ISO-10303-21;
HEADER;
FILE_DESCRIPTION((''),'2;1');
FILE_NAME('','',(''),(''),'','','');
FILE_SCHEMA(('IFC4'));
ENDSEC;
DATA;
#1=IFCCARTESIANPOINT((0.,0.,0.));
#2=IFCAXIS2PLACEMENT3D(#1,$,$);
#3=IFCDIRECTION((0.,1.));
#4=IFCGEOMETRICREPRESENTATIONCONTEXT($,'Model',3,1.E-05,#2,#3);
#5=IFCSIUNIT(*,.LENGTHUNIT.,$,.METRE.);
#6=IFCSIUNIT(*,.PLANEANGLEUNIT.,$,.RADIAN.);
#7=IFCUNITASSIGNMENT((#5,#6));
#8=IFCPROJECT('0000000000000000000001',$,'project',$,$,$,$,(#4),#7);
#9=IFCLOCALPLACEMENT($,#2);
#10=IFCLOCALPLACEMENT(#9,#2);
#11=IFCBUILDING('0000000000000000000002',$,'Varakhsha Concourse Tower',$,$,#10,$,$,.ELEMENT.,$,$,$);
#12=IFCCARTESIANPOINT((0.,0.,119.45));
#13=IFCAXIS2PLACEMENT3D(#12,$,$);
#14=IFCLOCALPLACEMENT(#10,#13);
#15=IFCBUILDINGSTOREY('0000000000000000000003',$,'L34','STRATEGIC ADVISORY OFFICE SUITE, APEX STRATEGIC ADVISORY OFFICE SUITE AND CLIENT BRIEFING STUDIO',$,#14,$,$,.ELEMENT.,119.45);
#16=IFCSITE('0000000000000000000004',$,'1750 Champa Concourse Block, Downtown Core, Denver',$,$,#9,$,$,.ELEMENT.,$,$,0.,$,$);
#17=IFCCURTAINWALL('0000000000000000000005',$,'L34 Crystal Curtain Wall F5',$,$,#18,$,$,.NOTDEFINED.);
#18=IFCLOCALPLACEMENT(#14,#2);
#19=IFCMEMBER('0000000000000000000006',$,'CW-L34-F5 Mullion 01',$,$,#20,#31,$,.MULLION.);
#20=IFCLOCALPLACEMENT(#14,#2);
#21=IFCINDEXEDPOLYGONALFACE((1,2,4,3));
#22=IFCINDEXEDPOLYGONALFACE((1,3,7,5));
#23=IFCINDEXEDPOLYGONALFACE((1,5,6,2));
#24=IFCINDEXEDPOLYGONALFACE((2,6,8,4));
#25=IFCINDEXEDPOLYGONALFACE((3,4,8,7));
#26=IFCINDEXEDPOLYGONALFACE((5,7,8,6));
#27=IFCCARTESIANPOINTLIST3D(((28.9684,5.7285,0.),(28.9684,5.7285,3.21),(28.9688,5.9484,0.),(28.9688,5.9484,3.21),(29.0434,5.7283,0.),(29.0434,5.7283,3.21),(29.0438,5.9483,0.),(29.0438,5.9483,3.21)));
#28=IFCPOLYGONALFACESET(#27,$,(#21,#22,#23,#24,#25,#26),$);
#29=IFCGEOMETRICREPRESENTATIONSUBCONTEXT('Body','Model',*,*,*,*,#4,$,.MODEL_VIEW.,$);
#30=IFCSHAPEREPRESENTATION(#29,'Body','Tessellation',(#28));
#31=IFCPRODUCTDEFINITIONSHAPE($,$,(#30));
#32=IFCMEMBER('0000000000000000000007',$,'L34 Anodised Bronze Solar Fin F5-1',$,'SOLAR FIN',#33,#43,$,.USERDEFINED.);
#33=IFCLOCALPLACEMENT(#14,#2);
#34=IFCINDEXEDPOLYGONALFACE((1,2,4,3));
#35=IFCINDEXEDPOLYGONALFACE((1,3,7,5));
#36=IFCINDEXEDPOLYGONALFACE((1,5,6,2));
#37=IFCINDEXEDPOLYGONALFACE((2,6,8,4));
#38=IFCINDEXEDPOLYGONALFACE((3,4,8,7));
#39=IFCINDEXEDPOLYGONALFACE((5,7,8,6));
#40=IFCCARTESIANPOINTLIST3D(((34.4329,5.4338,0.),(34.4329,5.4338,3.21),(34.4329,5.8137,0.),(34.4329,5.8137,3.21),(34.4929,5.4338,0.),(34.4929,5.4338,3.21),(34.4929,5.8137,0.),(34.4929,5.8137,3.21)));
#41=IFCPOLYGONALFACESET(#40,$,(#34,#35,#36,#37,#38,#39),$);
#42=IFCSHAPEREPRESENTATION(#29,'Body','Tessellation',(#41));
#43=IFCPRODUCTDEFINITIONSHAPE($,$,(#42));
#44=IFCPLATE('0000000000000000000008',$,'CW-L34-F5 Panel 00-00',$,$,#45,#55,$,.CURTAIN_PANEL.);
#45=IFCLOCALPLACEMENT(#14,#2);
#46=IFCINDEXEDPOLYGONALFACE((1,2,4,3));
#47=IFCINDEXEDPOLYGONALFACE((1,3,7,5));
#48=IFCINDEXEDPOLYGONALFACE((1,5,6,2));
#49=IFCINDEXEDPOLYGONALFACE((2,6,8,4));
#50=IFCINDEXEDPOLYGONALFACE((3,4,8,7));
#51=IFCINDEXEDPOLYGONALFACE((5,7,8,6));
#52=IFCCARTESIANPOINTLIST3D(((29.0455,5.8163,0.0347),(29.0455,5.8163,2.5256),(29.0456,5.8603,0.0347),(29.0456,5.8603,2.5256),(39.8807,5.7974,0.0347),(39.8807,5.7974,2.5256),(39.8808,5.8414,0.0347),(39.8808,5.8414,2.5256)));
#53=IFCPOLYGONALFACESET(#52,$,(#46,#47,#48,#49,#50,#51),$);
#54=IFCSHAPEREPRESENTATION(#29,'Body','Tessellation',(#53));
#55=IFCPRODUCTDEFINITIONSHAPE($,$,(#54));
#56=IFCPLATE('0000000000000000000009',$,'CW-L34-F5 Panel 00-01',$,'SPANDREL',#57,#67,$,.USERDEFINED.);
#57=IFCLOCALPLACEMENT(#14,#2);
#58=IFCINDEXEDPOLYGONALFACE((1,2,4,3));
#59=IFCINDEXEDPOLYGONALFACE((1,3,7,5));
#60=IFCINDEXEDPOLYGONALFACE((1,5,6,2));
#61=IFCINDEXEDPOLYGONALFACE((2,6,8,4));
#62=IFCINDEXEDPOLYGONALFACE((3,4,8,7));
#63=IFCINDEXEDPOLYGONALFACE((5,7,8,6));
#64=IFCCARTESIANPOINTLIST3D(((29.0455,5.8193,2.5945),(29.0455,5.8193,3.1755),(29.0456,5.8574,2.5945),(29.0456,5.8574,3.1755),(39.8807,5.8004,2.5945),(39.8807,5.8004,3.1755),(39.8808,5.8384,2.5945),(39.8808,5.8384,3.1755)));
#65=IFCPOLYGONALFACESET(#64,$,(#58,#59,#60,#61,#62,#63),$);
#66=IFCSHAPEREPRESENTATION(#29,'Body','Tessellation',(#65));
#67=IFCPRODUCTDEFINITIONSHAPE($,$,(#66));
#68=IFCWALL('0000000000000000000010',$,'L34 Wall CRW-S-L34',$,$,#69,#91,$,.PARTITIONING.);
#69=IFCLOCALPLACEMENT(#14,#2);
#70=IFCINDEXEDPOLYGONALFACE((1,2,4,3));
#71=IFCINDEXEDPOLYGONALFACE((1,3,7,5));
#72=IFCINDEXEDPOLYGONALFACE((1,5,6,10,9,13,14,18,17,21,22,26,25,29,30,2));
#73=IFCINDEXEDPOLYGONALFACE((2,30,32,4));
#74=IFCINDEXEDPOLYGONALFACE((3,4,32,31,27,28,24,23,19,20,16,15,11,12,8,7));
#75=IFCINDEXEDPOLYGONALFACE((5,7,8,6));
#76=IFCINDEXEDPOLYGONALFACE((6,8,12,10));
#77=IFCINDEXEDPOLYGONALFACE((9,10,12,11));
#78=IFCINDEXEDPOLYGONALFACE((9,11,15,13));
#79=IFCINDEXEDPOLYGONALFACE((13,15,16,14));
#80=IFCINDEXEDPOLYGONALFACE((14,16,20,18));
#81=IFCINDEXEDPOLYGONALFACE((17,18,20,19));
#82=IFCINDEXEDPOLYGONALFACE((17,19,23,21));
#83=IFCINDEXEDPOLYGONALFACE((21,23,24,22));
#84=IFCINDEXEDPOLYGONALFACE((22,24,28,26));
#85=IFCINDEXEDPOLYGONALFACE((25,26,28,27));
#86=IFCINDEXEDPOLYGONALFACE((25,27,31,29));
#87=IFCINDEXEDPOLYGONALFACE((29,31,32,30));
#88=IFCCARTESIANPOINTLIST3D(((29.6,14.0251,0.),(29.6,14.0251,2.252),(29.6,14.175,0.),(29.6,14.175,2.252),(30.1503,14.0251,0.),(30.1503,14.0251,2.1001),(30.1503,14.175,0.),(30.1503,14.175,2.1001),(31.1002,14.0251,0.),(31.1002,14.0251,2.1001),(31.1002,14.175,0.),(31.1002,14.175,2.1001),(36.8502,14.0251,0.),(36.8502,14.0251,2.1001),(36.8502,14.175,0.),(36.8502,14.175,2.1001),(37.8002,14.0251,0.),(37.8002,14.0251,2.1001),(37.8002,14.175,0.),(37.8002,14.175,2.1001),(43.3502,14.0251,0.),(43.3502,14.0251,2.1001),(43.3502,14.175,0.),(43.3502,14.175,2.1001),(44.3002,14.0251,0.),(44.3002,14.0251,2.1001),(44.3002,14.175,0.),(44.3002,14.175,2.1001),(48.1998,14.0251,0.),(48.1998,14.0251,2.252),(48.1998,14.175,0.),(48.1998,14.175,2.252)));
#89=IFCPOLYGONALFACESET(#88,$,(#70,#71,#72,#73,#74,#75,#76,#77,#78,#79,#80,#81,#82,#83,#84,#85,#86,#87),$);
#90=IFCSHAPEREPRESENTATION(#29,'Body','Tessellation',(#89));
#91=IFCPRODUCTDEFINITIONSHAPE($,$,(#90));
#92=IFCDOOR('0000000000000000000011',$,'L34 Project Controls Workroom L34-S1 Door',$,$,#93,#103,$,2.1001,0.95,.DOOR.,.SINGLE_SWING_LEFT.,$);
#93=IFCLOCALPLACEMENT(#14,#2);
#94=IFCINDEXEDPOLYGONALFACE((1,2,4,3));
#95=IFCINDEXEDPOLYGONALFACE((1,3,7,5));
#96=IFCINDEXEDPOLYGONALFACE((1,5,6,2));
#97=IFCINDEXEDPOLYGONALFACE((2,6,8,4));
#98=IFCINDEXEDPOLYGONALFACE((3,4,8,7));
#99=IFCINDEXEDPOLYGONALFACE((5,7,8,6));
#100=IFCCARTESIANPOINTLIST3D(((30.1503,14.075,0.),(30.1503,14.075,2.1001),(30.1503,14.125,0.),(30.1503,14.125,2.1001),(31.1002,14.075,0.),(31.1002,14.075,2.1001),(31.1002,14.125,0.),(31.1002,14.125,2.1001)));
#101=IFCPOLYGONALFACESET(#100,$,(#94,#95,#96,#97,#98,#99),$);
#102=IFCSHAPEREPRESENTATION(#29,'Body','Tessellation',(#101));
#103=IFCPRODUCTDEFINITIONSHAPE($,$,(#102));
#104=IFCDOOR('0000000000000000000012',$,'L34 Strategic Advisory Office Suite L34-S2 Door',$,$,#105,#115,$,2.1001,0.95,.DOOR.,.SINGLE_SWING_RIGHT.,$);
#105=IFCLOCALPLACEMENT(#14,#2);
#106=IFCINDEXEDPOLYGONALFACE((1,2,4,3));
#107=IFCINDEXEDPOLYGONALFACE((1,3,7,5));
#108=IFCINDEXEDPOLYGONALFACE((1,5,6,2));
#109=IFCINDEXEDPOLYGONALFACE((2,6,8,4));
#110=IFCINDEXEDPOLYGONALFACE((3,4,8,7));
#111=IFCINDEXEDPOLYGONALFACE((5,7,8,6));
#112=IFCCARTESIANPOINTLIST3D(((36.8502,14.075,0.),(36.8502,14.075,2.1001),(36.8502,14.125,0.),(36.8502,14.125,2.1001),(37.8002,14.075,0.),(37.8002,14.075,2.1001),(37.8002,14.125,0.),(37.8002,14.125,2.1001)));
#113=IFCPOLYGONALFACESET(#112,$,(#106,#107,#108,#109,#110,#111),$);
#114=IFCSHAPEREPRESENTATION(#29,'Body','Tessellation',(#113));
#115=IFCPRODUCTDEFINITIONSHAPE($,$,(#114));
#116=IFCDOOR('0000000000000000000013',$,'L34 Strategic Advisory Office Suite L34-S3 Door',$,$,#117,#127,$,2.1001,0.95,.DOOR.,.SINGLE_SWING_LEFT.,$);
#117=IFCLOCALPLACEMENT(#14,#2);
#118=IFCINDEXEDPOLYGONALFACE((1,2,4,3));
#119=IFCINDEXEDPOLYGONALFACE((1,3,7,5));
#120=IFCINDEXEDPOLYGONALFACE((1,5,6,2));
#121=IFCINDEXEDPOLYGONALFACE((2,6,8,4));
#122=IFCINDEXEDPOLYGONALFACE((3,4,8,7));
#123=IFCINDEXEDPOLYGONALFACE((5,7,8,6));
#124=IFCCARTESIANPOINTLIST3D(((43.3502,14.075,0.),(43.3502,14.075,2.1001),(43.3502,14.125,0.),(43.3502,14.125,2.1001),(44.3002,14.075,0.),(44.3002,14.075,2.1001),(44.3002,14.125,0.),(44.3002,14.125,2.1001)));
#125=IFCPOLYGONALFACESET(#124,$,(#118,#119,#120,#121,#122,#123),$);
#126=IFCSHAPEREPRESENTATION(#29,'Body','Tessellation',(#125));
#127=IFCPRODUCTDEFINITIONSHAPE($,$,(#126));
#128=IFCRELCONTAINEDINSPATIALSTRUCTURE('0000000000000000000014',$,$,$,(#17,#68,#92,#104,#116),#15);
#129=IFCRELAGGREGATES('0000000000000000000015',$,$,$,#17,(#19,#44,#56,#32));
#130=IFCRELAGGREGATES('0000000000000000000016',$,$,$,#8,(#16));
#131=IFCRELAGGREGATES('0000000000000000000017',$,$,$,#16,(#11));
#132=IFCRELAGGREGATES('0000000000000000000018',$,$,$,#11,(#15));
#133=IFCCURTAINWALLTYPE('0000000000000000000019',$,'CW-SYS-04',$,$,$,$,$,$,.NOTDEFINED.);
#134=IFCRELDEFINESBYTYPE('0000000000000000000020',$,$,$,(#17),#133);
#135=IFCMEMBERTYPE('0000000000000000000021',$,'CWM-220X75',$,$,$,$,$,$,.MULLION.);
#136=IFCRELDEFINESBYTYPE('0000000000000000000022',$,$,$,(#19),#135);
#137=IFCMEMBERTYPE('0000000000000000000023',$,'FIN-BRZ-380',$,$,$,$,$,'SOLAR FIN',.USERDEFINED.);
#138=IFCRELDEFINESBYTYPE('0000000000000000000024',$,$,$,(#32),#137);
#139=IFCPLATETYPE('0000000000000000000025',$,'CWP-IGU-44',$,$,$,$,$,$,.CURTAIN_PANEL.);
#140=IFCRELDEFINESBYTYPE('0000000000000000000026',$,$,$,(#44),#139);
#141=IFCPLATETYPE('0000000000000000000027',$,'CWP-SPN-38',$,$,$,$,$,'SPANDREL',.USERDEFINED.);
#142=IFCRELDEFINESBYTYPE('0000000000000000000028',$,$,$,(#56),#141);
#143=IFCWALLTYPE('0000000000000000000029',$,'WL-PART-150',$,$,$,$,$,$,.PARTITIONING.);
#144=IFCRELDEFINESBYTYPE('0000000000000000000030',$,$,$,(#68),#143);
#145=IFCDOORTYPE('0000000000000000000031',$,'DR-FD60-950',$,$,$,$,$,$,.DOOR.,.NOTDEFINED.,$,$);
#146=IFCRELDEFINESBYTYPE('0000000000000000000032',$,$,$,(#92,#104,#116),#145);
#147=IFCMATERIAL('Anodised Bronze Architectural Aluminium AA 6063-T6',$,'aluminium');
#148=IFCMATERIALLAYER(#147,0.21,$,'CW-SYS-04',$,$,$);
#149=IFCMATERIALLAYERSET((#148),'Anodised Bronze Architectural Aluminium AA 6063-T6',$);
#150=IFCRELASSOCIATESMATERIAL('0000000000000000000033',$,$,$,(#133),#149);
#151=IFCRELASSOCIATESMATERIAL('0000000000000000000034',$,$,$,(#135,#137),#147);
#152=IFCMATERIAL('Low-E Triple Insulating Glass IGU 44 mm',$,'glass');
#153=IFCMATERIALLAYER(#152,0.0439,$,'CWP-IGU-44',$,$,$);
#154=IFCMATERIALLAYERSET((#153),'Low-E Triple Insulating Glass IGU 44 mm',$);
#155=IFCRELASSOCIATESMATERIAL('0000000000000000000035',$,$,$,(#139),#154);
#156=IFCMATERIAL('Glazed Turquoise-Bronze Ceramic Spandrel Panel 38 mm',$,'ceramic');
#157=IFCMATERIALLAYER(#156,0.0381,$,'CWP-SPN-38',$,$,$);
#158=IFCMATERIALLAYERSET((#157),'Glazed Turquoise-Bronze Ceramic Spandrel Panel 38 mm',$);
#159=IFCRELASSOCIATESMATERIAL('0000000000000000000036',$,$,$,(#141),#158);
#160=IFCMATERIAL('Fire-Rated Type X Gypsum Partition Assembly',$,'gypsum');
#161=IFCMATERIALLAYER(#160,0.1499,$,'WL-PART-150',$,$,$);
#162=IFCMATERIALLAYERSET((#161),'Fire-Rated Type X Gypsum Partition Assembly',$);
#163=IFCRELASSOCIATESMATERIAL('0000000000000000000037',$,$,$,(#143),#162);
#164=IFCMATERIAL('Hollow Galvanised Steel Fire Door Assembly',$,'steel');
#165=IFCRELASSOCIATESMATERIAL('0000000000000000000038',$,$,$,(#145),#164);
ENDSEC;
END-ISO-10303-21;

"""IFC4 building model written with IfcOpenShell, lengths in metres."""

from ifc_helpers import new_model, si_unit, direction, frame, frame_2d, origin, origin_2d, place, context, subcontext, project, spatial, rectangle, extrude, source, transform, mapped, material, layer, layer_set, material_profile, profile_set, type_object, type_shapes, element, fill, aggregate, save


model = new_model("IFC4")

# Units and contexts
model_context = context("Model", 3, precision=1e-05, world=origin(), true_north=direction((0.0, 1.0)))
body_context = subcontext(model_context, "Body", "Model", "MODEL_VIEW")
ifc_project = project(units=[si_unit("LENGTHUNIT", "METRE"), si_unit("PLANEANGLEUNIT", "RADIAN")], contexts=[model_context])

# Site, building, storey
site_placement = place(None, origin())
site = spatial("IfcSite", under=ifc_project, at=site_placement, Name="1750 Champa Concourse Block, Downtown Core, Denver", CompositionType="ELEMENT", RefElevation=0.0)
building_placement = place(site_placement, origin())
building = spatial("IfcBuilding", under=site, at=building_placement, Name="Varakhsha Concourse Tower", CompositionType="ELEMENT")
storey_placement = place(building_placement, frame((0.0, 0.0, 119.45)))
storey = spatial("IfcBuildingStorey", under=building, at=storey_placement, Name="L34", Description="STRATEGIC ADVISORY OFFICE SUITE, APEX STRATEGIC ADVISORY OFFICE SUITE AND CLIENT BRIEFING STUDIO", CompositionType="ELEMENT", Elevation=119.45)

# Curtain wall, members, plates
ifc_material_1 = material(Name="Anodised Bronze Architectural Aluminium AA 6063-T6", Category="aluminium")
ifc_layer_1 = layer(ifc_material_1, 0.21, Name="CW-SYS-04")
ifc_layer_set_1 = layer_set([ifc_layer_1], Name="Anodised Bronze Architectural Aluminium AA 6063-T6")
curtain_wall_type = type_object("IfcCurtainWallType", Name="CW-SYS-04", PredefinedType="NOTDEFINED", material=ifc_layer_set_1)
curtain_wall_placement = place(storey_placement, origin())
curtain_wall = element("IfcCurtainWall", 1, at=curtain_wall_placement, inside=storey, type_object=curtain_wall_type, Name="L34 Crystal Curtain Wall F5", PredefinedType="NOTDEFINED")
ifc_material_profile_1 = material_profile(ifc_material_1, rectangle(XDim=0.075, YDim=0.22, at=origin_2d()), Name="CWM-220X75")
ifc_profile_set_1 = profile_set([ifc_material_profile_1], Name="Anodised Bronze Architectural Aluminium AA 6063-T6")
member_type_1 = type_object("IfcMemberType", Name="CWM-220X75", PredefinedType="MULLION", material=ifc_profile_set_1)
shared_shape_1 = source(origin(), body_context, "Body", "SweptSolid", [
    extrude(rectangle(XDim=0.075, YDim=0.22, at=origin_2d()), origin(), (0.0, 0.0, 1.0), 3.21),
])
type_shapes(member_type_1, [shared_shape_1])
member_1_placement = place(storey_placement, frame((29.0061, 5.8384, 0.0), z_axis=(0.0, 0.0, 1.0), x_axis=(-0.999998, 0.001745, 0.0)))
member_1 = element("IfcMember", 2, at=member_1_placement, type_object=member_type_1, Name="CW-L34-F5 Mullion 01", PredefinedType="MULLION", context=body_context, shape_type="MappedRepresentation", body=[
    mapped(shared_shape_1, transform((0.0, 0.0, 0.0), scale=1.0)),
])
ifc_material_profile_2 = material_profile(ifc_material_1, rectangle(XDim=0.0601, YDim=0.3799, at=origin_2d()), Name="FIN-BRZ-380")
ifc_profile_set_2 = profile_set([ifc_material_profile_2], Name="Anodised Bronze Architectural Aluminium AA 6063-T6")
member_type_2 = type_object("IfcMemberType", Name="FIN-BRZ-380", ElementType="SOLAR FIN", PredefinedType="USERDEFINED", material=ifc_profile_set_2)
shared_shape_2 = source(origin(), body_context, "Body", "SweptSolid", [
    extrude(rectangle(XDim=0.0601, YDim=0.3799, at=origin_2d()), origin(), (0.0, 0.0, 1.0), 3.21),
])
type_shapes(member_type_2, [shared_shape_2])
member_2_placement = place(storey_placement, frame((34.4629, 5.6238, 0.0), z_axis=(0.0, 0.0, 1.0), x_axis=(1.0, 0.0, 0.0)))
member_2 = element("IfcMember", 3, at=member_2_placement, type_object=member_type_2, Name="L34 Anodised Bronze Solar Fin F5-1", ObjectType="SOLAR FIN", PredefinedType="USERDEFINED", context=body_context, shape_type="MappedRepresentation", body=[
    mapped(shared_shape_2, transform((0.0, 0.0, 0.0), scale=1.0)),
])
ifc_material_2 = material(Name="Low-E Triple Insulating Glass IGU 44 mm", Category="glass")
ifc_layer_2 = layer(ifc_material_2, 0.0439, Name="CWP-IGU-44")
ifc_layer_set_2 = layer_set([ifc_layer_2], Name="Low-E Triple Insulating Glass IGU 44 mm")
plate_type_1 = type_object("IfcPlateType", Name="CWP-IGU-44", PredefinedType="CURTAIN_PANEL", material=ifc_layer_set_2)
shared_shape_3 = source(origin(), body_context, "Body", "SweptSolid", [
    extrude(rectangle(XDim=10.8352, YDim=0.0439, at=origin_2d()), origin(), (0.0, 0.0, 1.0), 2.491),
])
type_shapes(plate_type_1, [shared_shape_3])
plate_1_placement = place(storey_placement, frame((34.4631, 5.8289, 0.0347), z_axis=(0.0, 0.0, 1.0), x_axis=(-0.999998, 0.001745, 0.0)))
plate_1 = element("IfcPlate", 4, at=plate_1_placement, type_object=plate_type_1, Name="CW-L34-F5 Panel 00-00", PredefinedType="CURTAIN_PANEL", context=body_context, shape_type="MappedRepresentation", body=[
    mapped(shared_shape_3, transform((0.0, 0.0, 0.0), scale=1.0)),
])
ifc_material_3 = material(Name="Glazed Turquoise-Bronze Ceramic Spandrel Panel 38 mm", Category="ceramic")
ifc_layer_3 = layer(ifc_material_3, 0.0381, Name="CWP-SPN-38")
ifc_layer_set_3 = layer_set([ifc_layer_3], Name="Glazed Turquoise-Bronze Ceramic Spandrel Panel 38 mm")
plate_type_2 = type_object("IfcPlateType", Name="CWP-SPN-38", ElementType="SPANDREL", PredefinedType="USERDEFINED", material=ifc_layer_set_3)
shared_shape_4 = source(origin(), body_context, "Body", "SweptSolid", [
    extrude(rectangle(XDim=10.8352, YDim=0.0381, at=origin_2d()), origin(), (0.0, 0.0, 1.0), 0.5811),
])
type_shapes(plate_type_2, [shared_shape_4])
plate_2_placement = place(storey_placement, frame((34.4631, 5.8289, 2.5945), z_axis=(0.0, 0.0, 1.0), x_axis=(-0.999998, 0.001745, 0.0)))
plate_2 = element("IfcPlate", 5, at=plate_2_placement, type_object=plate_type_2, Name="CW-L34-F5 Panel 00-01", ObjectType="SPANDREL", PredefinedType="USERDEFINED", context=body_context, shape_type="MappedRepresentation", body=[
    mapped(shared_shape_4, transform((0.0, 0.0, 0.0), scale=1.0)),
])
aggregate(curtain_wall, [member_1, plate_1, plate_2, member_2])

# Wall, openings, doors
ifc_material_4 = material(Name="Fire-Rated Type X Gypsum Partition Assembly", Category="gypsum")
ifc_layer_4 = layer(ifc_material_4, 0.1499, Name="WL-PART-150")
ifc_layer_set_4 = layer_set([ifc_layer_4], Name="Fire-Rated Type X Gypsum Partition Assembly")
wall_type = type_object("IfcWallType", Name="WL-PART-150", PredefinedType="PARTITIONING", material=ifc_layer_set_4)
wall_1_placement = place(storey_placement, frame((29.6001, 14.1001, 0.0), z_axis=(0.0, 0.0, 1.0), x_axis=(1.0, 0.0, 0.0)))
wall_1 = element("IfcWall", 6, at=wall_1_placement, inside=storey, type_object=wall_type, Name="L34 Wall CRW-S-L34", PredefinedType="PARTITIONING", context=body_context, shape_type="SweptSolid", body=[
    extrude(rectangle(XDim=18.5999, YDim=0.1499, at=frame_2d((9.2998, 0.0))), origin(), (0.0, 0.0, 1.0), 2.252),
])
opening_1_placement = place(wall_1_placement, frame((0.55, 0.0, 0.0)))
opening_1 = element("IfcOpeningElement", 7, at=opening_1_placement, cuts=wall_1, PredefinedType="OPENING", context=body_context, shape_type="SweptSolid", body=[
    extrude(rectangle(XDim=0.95, YDim=2.1001, at=frame_2d((0.4751, 1.05))), frame((0.0, 0.085, 0.0), z_axis=(0.0, -1.0, 0.0), x_axis=(1.0, 0.0, 0.0)), (0.0, 0.0, 1.0), 0.1699),
])
opening_2_placement = place(wall_1_placement, frame((7.25, 0.0, 0.0)))
opening_2 = element("IfcOpeningElement", 8, at=opening_2_placement, cuts=wall_1, PredefinedType="OPENING", context=body_context, shape_type="SweptSolid", body=[
    extrude(rectangle(XDim=0.95, YDim=2.1001, at=frame_2d((0.4751, 1.05))), frame((0.0, 0.085, 0.0), z_axis=(0.0, -1.0, 0.0), x_axis=(1.0, 0.0, 0.0)), (0.0, 0.0, 1.0), 0.1699),
])
opening_3_placement = place(wall_1_placement, frame((13.75, 0.0, 0.0)))
opening_3 = element("IfcOpeningElement", 9, at=opening_3_placement, cuts=wall_1, PredefinedType="OPENING", context=body_context, shape_type="SweptSolid", body=[
    extrude(rectangle(XDim=0.95, YDim=2.1001, at=frame_2d((0.4751, 1.05))), frame((0.0, 0.085, 0.0), z_axis=(0.0, -1.0, 0.0), x_axis=(1.0, 0.0, 0.0)), (0.0, 0.0, 1.0), 0.1699),
])
ifc_material_5 = material(Name="Hollow Galvanised Steel Fire Door Assembly", Category="steel")
door_type_1 = type_object("IfcDoorType", Name="DR-FD60-950", OperationType="NOTDEFINED", PredefinedType="DOOR", material=ifc_material_5)
door_1_placement = place(opening_1_placement, origin())
door_1 = element("IfcDoor", 10, at=door_1_placement, inside=storey, type_object=door_type_1, Name="L34 Project Controls Workroom L34-S1 Door", OperationType="SINGLE_SWING_LEFT", OverallHeight=2.1001, OverallWidth=0.95, PredefinedType="DOOR", context=body_context, shape_type="SweptSolid", body=[
    extrude(rectangle(XDim=0.95, YDim=2.1001, at=frame_2d((0.4751, 1.05))), frame((0.0, 0.0249, 0.0), z_axis=(0.0, -1.0, 0.0), x_axis=(1.0, 0.0, 0.0)), (0.0, 0.0, 1.0), 0.05),
])
fill(opening_1, door_1)
door_2_placement = place(opening_2_placement, origin())
door_2 = element("IfcDoor", 11, at=door_2_placement, inside=storey, type_object=door_type_1, Name="L34 Strategic Advisory Office Suite L34-S2 Door", OperationType="SINGLE_SWING_RIGHT", OverallHeight=2.1001, OverallWidth=0.95, PredefinedType="DOOR", context=body_context, shape_type="SweptSolid", body=[
    extrude(rectangle(XDim=0.95, YDim=2.1001, at=frame_2d((0.4751, 1.05))), frame((0.0, 0.0249, 0.0), z_axis=(0.0, -1.0, 0.0), x_axis=(1.0, 0.0, 0.0)), (0.0, 0.0, 1.0), 0.05),
])
fill(opening_2, door_2)
door_3_placement = place(opening_3_placement, origin())
door_3 = element("IfcDoor", 12, at=door_3_placement, inside=storey, type_object=door_type_1, Name="L34 Strategic Advisory Office Suite L34-S3 Door", OperationType="SINGLE_SWING_LEFT", OverallHeight=2.1001, OverallWidth=0.95, PredefinedType="DOOR", context=body_context, shape_type="SweptSolid", body=[
    extrude(rectangle(XDim=0.95, YDim=2.1001, at=frame_2d((0.4751, 1.05))), frame((0.0, 0.0249, 0.0), z_axis=(0.0, -1.0, 0.0), x_axis=(1.0, 0.0, 0.0)), (0.0, 0.0, 1.0), 0.05),
])
fill(opening_3, door_3)

save(model, "model.ifc")
